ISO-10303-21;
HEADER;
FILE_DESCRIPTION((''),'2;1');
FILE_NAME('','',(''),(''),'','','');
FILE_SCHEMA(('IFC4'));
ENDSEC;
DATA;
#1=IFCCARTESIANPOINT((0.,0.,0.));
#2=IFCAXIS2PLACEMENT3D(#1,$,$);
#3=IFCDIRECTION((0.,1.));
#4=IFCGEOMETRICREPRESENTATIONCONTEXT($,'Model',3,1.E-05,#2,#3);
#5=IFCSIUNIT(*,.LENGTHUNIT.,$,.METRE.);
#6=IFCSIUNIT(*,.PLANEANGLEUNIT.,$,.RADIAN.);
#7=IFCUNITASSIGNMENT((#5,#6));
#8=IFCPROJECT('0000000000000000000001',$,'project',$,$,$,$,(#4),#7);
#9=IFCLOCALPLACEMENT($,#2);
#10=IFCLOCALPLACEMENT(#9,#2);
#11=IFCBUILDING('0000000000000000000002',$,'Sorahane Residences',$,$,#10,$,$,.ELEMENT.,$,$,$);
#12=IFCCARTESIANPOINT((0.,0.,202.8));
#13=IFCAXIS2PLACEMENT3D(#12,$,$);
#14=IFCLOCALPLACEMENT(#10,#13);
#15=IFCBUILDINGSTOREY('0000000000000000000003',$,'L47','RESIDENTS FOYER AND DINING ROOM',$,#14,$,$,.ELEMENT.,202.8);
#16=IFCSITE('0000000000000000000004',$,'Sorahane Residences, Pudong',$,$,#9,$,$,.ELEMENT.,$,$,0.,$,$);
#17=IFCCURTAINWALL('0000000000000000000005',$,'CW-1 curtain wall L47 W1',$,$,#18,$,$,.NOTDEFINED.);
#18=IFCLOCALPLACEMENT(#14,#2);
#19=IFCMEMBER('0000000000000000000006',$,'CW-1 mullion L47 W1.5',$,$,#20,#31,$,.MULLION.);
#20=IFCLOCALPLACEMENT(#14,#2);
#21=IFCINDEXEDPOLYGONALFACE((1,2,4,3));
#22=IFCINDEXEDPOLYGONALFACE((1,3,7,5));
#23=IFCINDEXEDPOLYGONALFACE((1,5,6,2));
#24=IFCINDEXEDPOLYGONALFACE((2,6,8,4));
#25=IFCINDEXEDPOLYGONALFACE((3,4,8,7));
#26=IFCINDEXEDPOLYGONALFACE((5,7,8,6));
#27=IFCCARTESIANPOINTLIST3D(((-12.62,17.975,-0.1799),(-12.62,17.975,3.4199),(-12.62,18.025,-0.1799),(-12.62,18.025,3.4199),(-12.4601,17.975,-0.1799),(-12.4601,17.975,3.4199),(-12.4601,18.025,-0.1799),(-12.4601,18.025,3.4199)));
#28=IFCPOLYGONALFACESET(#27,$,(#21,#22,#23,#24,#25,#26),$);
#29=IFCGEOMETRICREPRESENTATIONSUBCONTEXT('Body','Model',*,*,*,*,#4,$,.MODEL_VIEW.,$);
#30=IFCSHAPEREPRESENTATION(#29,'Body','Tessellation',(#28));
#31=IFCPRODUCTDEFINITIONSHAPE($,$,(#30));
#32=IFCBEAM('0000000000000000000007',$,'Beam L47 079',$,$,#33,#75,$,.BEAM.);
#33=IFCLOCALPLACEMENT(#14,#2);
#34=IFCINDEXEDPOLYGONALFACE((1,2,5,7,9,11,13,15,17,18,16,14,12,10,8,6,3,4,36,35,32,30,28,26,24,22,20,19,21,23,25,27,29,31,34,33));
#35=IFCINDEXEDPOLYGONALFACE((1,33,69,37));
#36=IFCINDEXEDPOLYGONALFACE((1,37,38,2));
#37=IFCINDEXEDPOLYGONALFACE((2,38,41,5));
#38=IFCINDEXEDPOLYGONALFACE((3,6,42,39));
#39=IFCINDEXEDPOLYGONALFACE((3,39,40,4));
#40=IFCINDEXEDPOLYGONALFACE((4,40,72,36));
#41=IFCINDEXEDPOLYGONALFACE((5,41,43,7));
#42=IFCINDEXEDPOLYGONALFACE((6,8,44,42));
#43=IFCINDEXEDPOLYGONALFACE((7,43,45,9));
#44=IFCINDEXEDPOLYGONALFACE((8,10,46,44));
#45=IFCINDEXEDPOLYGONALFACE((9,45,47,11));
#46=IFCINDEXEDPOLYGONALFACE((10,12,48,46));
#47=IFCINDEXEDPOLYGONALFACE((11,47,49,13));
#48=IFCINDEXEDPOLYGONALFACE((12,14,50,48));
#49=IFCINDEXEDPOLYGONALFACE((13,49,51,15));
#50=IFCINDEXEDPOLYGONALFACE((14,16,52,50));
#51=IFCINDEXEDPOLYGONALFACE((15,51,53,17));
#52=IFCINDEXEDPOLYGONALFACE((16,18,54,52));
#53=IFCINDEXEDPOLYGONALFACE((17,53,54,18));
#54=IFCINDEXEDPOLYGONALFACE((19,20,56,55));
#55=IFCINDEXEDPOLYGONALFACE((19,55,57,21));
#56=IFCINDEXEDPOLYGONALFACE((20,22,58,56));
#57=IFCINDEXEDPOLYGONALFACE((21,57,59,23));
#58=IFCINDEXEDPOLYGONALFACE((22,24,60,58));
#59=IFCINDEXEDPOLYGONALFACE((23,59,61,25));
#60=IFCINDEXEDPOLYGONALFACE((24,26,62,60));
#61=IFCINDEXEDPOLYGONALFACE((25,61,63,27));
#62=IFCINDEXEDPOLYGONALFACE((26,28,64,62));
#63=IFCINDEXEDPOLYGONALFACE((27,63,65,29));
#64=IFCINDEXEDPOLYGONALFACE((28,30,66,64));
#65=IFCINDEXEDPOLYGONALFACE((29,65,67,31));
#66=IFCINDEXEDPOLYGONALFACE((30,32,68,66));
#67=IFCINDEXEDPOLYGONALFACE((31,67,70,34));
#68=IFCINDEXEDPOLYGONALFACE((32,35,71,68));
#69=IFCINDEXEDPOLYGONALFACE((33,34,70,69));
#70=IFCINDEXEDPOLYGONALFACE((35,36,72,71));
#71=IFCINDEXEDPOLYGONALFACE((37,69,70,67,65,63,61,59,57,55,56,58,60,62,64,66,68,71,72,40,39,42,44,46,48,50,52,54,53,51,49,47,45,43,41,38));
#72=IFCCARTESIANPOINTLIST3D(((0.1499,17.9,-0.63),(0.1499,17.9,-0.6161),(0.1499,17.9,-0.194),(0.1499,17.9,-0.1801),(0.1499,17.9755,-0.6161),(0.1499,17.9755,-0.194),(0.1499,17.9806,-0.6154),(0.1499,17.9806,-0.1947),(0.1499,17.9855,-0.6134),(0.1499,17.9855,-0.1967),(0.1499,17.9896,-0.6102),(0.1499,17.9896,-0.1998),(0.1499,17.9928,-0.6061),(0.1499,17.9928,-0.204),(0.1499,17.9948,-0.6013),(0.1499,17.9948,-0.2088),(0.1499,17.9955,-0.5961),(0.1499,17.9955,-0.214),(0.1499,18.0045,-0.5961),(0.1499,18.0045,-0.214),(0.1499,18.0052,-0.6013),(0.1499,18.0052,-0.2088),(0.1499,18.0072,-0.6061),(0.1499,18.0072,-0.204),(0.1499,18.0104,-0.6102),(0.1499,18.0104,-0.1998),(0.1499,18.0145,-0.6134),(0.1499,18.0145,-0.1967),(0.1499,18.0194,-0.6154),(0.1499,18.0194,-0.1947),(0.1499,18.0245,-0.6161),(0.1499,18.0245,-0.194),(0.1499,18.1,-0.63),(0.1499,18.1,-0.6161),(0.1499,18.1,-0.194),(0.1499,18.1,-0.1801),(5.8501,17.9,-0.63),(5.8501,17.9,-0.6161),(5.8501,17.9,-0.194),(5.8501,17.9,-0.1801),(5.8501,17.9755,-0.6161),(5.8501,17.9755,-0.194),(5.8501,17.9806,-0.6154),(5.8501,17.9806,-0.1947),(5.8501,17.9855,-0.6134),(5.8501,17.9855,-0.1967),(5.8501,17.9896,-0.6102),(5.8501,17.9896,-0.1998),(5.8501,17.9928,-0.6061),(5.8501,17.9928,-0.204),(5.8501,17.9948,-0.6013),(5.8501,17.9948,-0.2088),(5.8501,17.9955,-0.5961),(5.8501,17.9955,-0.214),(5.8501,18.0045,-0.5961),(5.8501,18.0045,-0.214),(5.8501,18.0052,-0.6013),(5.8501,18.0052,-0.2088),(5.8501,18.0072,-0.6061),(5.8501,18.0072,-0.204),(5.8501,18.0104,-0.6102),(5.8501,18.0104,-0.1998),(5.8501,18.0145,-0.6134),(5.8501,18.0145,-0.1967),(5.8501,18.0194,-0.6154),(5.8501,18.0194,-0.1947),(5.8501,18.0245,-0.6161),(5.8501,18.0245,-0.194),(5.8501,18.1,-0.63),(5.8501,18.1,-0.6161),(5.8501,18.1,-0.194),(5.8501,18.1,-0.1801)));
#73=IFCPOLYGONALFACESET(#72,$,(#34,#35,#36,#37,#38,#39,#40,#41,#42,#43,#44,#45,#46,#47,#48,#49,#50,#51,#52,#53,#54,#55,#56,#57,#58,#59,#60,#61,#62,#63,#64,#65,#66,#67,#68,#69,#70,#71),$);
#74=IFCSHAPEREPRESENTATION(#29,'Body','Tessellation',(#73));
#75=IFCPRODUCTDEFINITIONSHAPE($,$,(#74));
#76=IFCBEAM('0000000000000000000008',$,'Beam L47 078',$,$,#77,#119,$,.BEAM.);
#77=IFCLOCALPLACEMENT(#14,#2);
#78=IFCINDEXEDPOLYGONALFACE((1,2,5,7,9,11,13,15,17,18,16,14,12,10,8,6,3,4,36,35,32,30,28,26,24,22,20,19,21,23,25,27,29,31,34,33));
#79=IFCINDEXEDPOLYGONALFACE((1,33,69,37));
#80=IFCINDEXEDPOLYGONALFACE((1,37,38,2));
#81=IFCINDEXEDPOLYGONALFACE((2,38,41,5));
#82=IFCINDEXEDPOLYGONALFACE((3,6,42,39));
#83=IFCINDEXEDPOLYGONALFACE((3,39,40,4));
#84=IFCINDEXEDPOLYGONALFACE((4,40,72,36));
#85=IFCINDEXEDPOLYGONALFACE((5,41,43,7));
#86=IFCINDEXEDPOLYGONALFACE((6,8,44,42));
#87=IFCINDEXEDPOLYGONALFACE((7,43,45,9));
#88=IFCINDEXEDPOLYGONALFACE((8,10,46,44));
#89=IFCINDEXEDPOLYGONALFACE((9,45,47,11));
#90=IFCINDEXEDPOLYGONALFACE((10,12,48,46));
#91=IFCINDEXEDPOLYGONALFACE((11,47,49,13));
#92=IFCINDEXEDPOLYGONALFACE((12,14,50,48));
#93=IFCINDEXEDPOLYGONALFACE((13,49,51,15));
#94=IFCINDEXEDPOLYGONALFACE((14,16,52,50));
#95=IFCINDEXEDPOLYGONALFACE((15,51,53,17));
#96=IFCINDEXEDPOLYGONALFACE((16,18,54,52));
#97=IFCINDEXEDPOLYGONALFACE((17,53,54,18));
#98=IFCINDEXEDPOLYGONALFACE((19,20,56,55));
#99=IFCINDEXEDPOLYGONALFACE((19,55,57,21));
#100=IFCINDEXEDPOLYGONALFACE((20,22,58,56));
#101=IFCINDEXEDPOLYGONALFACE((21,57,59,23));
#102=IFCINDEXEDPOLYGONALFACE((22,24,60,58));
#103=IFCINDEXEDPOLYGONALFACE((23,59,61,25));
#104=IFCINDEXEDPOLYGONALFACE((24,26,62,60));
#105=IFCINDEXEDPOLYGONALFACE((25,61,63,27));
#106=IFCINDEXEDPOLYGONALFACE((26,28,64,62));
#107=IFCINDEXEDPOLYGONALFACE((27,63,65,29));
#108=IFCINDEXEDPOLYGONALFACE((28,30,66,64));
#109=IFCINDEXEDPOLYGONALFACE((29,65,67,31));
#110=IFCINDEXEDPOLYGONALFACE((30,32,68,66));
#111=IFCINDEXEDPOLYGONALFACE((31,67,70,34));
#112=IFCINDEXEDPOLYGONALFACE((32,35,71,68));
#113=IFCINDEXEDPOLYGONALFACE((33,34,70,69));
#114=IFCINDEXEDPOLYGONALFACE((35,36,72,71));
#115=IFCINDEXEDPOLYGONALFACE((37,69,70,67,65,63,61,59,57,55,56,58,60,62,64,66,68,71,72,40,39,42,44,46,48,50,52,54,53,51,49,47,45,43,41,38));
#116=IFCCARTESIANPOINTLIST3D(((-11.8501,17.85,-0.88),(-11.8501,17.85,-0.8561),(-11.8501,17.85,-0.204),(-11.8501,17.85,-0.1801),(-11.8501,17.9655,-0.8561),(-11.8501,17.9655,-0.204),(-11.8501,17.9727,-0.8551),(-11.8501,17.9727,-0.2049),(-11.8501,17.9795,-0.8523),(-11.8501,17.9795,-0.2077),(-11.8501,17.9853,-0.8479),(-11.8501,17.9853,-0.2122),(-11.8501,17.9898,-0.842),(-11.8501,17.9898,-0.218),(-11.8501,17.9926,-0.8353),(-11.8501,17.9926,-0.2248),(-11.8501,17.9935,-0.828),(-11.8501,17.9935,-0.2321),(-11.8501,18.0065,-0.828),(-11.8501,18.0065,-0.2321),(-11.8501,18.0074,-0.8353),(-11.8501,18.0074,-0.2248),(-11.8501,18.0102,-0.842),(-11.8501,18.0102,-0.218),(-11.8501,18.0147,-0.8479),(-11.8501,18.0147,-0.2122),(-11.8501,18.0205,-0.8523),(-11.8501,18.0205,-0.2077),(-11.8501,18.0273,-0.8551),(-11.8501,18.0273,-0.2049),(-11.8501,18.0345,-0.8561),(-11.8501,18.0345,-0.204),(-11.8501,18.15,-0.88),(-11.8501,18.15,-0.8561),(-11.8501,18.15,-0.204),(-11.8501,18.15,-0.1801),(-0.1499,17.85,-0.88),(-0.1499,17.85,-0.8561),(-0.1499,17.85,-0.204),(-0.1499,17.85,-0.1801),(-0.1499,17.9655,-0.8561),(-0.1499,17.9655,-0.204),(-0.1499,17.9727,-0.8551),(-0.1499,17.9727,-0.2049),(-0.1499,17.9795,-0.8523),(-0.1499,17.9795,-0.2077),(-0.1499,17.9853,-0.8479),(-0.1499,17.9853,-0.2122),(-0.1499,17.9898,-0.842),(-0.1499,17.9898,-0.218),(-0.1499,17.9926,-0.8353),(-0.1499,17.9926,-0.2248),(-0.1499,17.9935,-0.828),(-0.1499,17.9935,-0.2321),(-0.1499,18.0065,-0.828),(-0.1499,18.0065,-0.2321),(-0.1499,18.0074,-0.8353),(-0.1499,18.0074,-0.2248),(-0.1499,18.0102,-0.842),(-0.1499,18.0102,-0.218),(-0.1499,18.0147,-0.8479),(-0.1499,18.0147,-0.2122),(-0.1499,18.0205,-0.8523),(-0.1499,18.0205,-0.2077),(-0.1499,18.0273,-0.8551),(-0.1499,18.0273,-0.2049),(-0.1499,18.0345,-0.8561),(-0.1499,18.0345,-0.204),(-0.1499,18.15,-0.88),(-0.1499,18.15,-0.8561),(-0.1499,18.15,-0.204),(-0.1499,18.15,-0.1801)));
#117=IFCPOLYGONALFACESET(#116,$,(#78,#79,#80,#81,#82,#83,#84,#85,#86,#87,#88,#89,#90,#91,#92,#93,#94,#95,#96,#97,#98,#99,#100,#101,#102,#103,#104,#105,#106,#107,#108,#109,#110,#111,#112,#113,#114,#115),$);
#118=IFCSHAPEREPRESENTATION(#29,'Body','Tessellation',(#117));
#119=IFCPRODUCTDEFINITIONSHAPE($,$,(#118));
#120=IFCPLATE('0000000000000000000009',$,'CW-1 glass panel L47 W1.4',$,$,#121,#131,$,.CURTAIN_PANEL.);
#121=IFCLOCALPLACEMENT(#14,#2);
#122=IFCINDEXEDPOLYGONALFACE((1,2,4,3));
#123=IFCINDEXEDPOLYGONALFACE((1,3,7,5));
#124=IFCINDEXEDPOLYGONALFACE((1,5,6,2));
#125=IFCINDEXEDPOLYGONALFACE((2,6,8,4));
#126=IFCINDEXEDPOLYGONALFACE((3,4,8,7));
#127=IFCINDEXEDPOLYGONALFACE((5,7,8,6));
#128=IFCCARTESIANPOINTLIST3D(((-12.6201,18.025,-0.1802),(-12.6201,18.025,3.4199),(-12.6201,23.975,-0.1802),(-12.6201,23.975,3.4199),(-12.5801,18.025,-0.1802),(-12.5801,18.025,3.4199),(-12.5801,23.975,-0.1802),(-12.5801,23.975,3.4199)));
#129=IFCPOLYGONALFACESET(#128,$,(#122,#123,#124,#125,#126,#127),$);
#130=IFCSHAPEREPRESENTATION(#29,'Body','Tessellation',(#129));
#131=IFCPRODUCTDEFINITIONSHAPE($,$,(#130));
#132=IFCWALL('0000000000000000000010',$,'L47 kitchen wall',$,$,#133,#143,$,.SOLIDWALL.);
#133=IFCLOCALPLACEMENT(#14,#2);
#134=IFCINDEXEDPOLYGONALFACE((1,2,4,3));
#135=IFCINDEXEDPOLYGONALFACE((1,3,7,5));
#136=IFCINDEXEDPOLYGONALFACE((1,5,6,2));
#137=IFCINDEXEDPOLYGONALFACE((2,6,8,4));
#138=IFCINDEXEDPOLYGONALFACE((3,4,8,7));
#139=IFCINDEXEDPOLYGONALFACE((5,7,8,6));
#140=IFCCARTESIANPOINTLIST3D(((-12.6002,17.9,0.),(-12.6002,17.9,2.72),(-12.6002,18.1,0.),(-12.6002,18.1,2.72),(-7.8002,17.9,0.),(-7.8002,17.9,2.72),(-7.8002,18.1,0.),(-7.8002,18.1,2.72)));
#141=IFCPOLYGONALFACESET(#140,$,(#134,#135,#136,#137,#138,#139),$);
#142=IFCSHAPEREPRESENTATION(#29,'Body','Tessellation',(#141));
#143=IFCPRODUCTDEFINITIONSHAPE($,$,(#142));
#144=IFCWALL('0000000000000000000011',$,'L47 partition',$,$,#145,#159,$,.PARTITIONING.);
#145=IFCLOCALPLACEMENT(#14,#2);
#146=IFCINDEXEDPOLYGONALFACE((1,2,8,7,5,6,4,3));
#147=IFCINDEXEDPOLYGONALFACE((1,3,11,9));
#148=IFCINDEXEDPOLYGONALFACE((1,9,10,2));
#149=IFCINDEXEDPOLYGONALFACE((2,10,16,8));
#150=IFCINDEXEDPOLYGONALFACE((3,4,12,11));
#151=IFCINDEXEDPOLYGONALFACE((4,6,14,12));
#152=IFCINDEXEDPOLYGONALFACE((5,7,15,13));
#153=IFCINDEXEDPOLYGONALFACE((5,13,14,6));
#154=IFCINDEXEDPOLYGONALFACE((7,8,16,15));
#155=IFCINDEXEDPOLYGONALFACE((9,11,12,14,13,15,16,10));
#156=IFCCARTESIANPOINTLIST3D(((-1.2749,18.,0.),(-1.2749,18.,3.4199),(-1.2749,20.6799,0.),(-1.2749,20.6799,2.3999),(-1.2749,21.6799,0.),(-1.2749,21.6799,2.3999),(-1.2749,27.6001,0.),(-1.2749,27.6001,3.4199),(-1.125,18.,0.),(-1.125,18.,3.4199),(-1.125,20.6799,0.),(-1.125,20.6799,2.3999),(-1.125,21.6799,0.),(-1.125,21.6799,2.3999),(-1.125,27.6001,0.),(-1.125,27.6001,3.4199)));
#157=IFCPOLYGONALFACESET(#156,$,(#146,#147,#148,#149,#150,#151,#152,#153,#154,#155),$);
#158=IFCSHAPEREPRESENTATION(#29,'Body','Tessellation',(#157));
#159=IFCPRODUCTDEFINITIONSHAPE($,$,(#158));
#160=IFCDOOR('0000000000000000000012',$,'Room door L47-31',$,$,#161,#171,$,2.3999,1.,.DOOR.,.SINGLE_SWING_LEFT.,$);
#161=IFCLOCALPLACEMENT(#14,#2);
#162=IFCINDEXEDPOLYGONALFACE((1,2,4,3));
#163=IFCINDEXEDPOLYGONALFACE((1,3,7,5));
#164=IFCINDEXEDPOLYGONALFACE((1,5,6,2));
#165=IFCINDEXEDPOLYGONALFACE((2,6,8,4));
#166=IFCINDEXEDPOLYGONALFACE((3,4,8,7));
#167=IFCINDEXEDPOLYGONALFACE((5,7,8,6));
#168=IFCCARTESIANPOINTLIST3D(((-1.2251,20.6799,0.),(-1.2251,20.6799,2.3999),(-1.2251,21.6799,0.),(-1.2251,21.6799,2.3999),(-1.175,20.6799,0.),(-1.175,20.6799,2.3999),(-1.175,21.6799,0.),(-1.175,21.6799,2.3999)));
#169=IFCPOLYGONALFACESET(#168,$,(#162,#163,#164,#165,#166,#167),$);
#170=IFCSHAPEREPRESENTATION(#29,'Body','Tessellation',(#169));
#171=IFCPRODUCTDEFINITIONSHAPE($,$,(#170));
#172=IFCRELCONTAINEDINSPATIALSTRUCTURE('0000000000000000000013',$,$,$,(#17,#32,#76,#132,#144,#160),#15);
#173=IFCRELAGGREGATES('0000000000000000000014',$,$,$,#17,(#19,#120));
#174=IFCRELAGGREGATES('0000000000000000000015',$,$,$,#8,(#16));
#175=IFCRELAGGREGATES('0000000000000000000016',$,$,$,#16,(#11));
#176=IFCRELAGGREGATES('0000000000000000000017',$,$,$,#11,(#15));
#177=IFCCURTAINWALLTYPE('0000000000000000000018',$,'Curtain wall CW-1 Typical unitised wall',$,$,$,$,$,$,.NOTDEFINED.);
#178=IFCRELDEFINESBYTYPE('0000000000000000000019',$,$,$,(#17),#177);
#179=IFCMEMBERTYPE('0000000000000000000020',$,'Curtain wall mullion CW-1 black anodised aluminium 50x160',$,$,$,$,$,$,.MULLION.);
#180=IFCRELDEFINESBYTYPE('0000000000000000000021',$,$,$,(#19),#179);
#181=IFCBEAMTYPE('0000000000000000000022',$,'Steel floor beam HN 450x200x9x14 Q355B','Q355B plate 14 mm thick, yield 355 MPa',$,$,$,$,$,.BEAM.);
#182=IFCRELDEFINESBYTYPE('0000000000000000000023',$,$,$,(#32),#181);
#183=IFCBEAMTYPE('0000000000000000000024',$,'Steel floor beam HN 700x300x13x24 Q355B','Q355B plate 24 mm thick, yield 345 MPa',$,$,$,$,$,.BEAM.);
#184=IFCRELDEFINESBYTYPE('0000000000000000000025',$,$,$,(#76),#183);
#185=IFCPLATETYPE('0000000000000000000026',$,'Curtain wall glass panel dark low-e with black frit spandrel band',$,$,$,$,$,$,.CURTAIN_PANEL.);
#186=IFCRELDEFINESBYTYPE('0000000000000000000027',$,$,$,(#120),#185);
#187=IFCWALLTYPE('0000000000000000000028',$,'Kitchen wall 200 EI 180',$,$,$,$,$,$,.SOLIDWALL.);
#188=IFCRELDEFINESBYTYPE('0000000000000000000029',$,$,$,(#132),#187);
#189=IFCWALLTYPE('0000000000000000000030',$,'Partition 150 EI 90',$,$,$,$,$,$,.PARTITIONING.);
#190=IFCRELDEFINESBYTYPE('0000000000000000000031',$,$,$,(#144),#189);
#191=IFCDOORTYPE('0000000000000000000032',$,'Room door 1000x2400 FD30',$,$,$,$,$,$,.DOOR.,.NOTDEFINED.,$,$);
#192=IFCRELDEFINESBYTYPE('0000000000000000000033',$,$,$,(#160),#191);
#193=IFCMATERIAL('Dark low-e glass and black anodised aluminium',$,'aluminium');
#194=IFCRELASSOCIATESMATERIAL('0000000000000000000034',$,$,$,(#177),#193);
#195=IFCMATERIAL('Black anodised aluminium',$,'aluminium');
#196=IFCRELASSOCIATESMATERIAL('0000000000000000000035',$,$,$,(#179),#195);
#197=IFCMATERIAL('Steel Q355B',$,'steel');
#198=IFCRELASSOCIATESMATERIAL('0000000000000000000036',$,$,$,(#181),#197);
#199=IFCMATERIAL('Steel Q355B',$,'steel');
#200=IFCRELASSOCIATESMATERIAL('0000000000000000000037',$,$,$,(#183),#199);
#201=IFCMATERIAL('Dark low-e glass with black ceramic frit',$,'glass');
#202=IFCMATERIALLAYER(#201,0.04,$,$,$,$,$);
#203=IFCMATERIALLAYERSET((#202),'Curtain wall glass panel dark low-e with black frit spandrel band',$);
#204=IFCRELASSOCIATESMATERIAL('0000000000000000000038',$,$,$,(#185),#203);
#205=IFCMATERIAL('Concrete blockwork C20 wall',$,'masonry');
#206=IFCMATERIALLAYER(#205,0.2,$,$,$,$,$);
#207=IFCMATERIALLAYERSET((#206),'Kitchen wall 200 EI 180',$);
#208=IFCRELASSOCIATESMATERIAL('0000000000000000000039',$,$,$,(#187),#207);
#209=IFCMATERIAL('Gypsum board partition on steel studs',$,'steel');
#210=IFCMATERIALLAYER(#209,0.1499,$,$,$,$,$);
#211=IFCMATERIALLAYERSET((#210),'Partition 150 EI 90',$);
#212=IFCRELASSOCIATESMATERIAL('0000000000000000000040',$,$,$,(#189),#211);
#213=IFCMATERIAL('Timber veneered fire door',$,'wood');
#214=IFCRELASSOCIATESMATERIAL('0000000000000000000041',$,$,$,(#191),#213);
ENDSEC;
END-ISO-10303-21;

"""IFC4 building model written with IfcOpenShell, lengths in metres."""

from ifc_helpers import new_model, si_unit, direction, frame, frame_2d, origin, origin_2d, place, context, subcontext, project, spatial, rectangle, i_section, extrude, material, layer, layer_set, material_profile, profile_set, type_object, element, fill, aggregate, save


model = new_model("IFC4")

# Units and contexts
model_context = context("Model", 3, precision=1e-05, world=origin(), true_north=direction((0.0, 1.0)))
body_context = subcontext(model_context, "Body", "Model", "MODEL_VIEW")
ifc_project = project(units=[si_unit("LENGTHUNIT", "METRE"), si_unit("PLANEANGLEUNIT", "RADIAN")], contexts=[model_context])

# Site, building, storey
site_placement = place(None, origin())
site = spatial("IfcSite", under=ifc_project, at=site_placement, Name="Sorahane Residences, Pudong", CompositionType="ELEMENT", RefElevation=0.0)
building_placement = place(site_placement, origin())
building = spatial("IfcBuilding", under=site, at=building_placement, Name="Sorahane Residences", CompositionType="ELEMENT")
storey_placement = place(building_placement, frame((0.0, 0.0, 202.8)))
storey = spatial("IfcBuildingStorey", under=building, at=storey_placement, Name="L47", Description="RESIDENTS FOYER AND DINING ROOM", CompositionType="ELEMENT", Elevation=202.8)

# Curtain wall, member
ifc_material_1 = material(Name="Dark low-e glass and black anodised aluminium", Category="aluminium")
curtain_wall_type = type_object("IfcCurtainWallType", Name="Curtain wall CW-1 Typical unitised wall", PredefinedType="NOTDEFINED", material=ifc_material_1)
curtain_wall_placement = place(storey_placement, origin())
curtain_wall = element("IfcCurtainWall", 1, at=curtain_wall_placement, inside=storey, type_object=curtain_wall_type, Name="CW-1 curtain wall L47 W1", PredefinedType="NOTDEFINED")
ifc_material_2 = material(Name="Black anodised aluminium", Category="aluminium")
ifc_material_profile_1 = material_profile(ifc_material_2, rectangle(XDim=0.1599, YDim=0.05, at=origin_2d()), Name="Curtain wall mullion CW-1 black anodised aluminium 50x160")
ifc_profile_set_1 = profile_set([ifc_material_profile_1], Name="Black anodised aluminium")
member_type = type_object("IfcMemberType", Name="Curtain wall mullion CW-1 black anodised aluminium 50x160", PredefinedType="MULLION", material=ifc_profile_set_1)
member_placement = place(storey_placement, frame((-12.54, 18.0, -0.1799), z_axis=(0.0, 0.0, 1.0), x_axis=(-1.0, 0.0, 0.0)))
member = element("IfcMember", 2, at=member_placement, type_object=member_type, Name="CW-1 mullion L47 W1.5", PredefinedType="MULLION", context=body_context, shape_type="SweptSolid", body=[
    extrude(rectangle(XDim=0.1599, YDim=0.05, at=origin_2d()), origin(), (0.0, 0.0, 1.0), 3.5999),
])

# Beams
ifc_material_3 = material(Name="Steel Q355B", Category="steel")
ifc_material_profile_2 = material_profile(ifc_material_3, i_section(OverallWidth=0.2, OverallDepth=0.45, WebThickness=0.009, FlangeThickness=0.0139, FilletRadius=0.02, at=origin_2d()), Name="HN 450x200x9x14")
ifc_profile_set_2 = profile_set([ifc_material_profile_2], Name="Steel Q355B")
beam_type_1 = type_object("IfcBeamType", Name="Steel floor beam HN 450x200x9x14 Q355B", Description="Q355B plate 14 mm thick, yield 355 MPa", PredefinedType="BEAM", material=ifc_profile_set_2)
beam_1_placement = place(storey_placement, frame((0.1499, 18.0, -0.405), z_axis=(1.0, 0.0, 0.0), x_axis=(0.0, 1.0, 0.0)))
element("IfcBeam", 3, at=beam_1_placement, inside=storey, type_object=beam_type_1, Name="Beam L47 079", PredefinedType="BEAM", context=body_context, shape_type="SweptSolid", body=[
    extrude(i_section(OverallWidth=0.2, OverallDepth=0.45, WebThickness=0.009, FlangeThickness=0.0139, FilletRadius=0.02, at=origin_2d()), origin(), (0.0, 0.0, 1.0), 5.7002),
])
ifc_material_4 = material(Name="Steel Q355B", Category="steel")
ifc_material_profile_3 = material_profile(ifc_material_4, i_section(OverallWidth=0.3, OverallDepth=0.7, WebThickness=0.0129, FlangeThickness=0.0239, FilletRadius=0.0281, at=origin_2d()), Name="HN 700x300x13x24")
ifc_profile_set_3 = profile_set([ifc_material_profile_3], Name="Steel Q355B")
beam_type_2 = type_object("IfcBeamType", Name="Steel floor beam HN 700x300x13x24 Q355B", Description="Q355B plate 24 mm thick, yield 345 MPa", PredefinedType="BEAM", material=ifc_profile_set_3)
beam_2_placement = place(storey_placement, frame((-11.8501, 18.0, -0.53), z_axis=(1.0, 0.0, 0.0), x_axis=(0.0, 1.0, 0.0)))
element("IfcBeam", 4, at=beam_2_placement, inside=storey, type_object=beam_type_2, Name="Beam L47 078", PredefinedType="BEAM", context=body_context, shape_type="SweptSolid", body=[
    extrude(i_section(OverallWidth=0.3, OverallDepth=0.7, WebThickness=0.0129, FlangeThickness=0.0239, FilletRadius=0.0281, at=origin_2d()), origin(), (0.0, 0.0, 1.0), 11.7002),
])

# Plate
ifc_material_5 = material(Name="Dark low-e glass with black ceramic frit", Category="glass")
ifc_layer_1 = layer(ifc_material_5, 0.04)
ifc_layer_set_1 = layer_set([ifc_layer_1], Name="Curtain wall glass panel dark low-e with black frit spandrel band")
plate_type = type_object("IfcPlateType", Name="Curtain wall glass panel dark low-e with black frit spandrel band", PredefinedType="CURTAIN_PANEL", material=ifc_layer_set_1)
plate_placement = place(storey_placement, frame((-12.6001, 21.0, -0.1802), z_axis=(0.0, 0.0, 1.0), x_axis=(0.0, -1.0, 0.0)))
plate = element("IfcPlate", 5, at=plate_placement, type_object=plate_type, Name="CW-1 glass panel L47 W1.4", PredefinedType="CURTAIN_PANEL", context=body_context, shape_type="SweptSolid", body=[
    extrude(rectangle(XDim=5.95, YDim=0.04, at=origin_2d()), origin(), (0.0, 0.0, 1.0), 3.6001),
])
aggregate(curtain_wall, [member, plate])

# Wall
ifc_material_6 = material(Name="Concrete blockwork C20 wall", Category="masonry")
ifc_layer_2 = layer(ifc_material_6, 0.2)
ifc_layer_set_2 = layer_set([ifc_layer_2], Name="Kitchen wall 200 EI 180")
wall_type_1 = type_object("IfcWallType", Name="Kitchen wall 200 EI 180", PredefinedType="SOLIDWALL", material=ifc_layer_set_2)
wall_1_placement = place(storey_placement, frame((-12.6001, 18.0, 0.0), z_axis=(0.0, 0.0, 1.0), x_axis=(1.0, 0.0, 0.0)))
element("IfcWall", 6, at=wall_1_placement, inside=storey, type_object=wall_type_1, Name="L47 kitchen wall", PredefinedType="SOLIDWALL", context=body_context, shape_type="SweptSolid", body=[
    extrude(rectangle(XDim=4.8, YDim=0.2, at=frame_2d((2.3999, 0.0))), origin(), (0.0, 0.0, 1.0), 2.72),
])

# Wall, opening, door
ifc_material_7 = material(Name="Gypsum board partition on steel studs", Category="steel")
ifc_layer_3 = layer(ifc_material_7, 0.1499)
ifc_layer_set_3 = layer_set([ifc_layer_3], Name="Partition 150 EI 90")
wall_type_2 = type_object("IfcWallType", Name="Partition 150 EI 90", PredefinedType="PARTITIONING", material=ifc_layer_set_3)
wall_2_placement = place(storey_placement, frame((-1.2, 18.0, 0.0), z_axis=(0.0, 0.0, 1.0), x_axis=(0.0, 1.0, 0.0)))
wall_2 = element("IfcWall", 7, at=wall_2_placement, inside=storey, type_object=wall_type_2, Name="L47 partition", PredefinedType="PARTITIONING", context=body_context, shape_type="SweptSolid", body=[
    extrude(rectangle(XDim=9.6001, YDim=0.1499, at=frame_2d((4.8, 0.0))), origin(), (0.0, 0.0, 1.0), 3.4199),
])
opening_1_placement = place(wall_2_placement, frame((2.6799, 0.0, 0.0)))
opening_1 = element("IfcOpeningElement", 8, at=opening_1_placement, cuts=wall_2, PredefinedType="OPENING", context=body_context, shape_type="SweptSolid", body=[
    extrude(rectangle(XDim=1.0, YDim=2.3999, at=frame_2d((0.5, 1.2))), frame((0.0, 0.085, 0.0), z_axis=(0.0, -1.0, 0.0), x_axis=(1.0, 0.0, 0.0)), (0.0, 0.0, 1.0), 0.1699),
])
ifc_material_8 = material(Name="Timber veneered fire door", Category="wood")
door_type_1 = type_object("IfcDoorType", Name="Room door 1000x2400 FD30", OperationType="NOTDEFINED", PredefinedType="DOOR", material=ifc_material_8)
door_1_placement = place(opening_1_placement, frame((1.0, 0.0, 0.0), z_axis=(0.0, 0.0, 1.0), x_axis=(-1.0, 0.0, 0.0)))
door_1 = element("IfcDoor", 9, at=door_1_placement, inside=storey, type_object=door_type_1, Name="Room door L47-31", OperationType="SINGLE_SWING_LEFT", OverallHeight=2.3999, OverallWidth=1.0, PredefinedType="DOOR", context=body_context, shape_type="SweptSolid", body=[
    extrude(rectangle(XDim=1.0, YDim=2.3999, at=frame_2d((0.5, 1.2))), frame((0.0, 0.0249, 0.0), z_axis=(0.0, -1.0, 0.0), x_axis=(1.0, 0.0, 0.0)), (0.0, 0.0, 1.0), 0.05),
])
fill(opening_1, door_1)

save(model, "model.ifc")
